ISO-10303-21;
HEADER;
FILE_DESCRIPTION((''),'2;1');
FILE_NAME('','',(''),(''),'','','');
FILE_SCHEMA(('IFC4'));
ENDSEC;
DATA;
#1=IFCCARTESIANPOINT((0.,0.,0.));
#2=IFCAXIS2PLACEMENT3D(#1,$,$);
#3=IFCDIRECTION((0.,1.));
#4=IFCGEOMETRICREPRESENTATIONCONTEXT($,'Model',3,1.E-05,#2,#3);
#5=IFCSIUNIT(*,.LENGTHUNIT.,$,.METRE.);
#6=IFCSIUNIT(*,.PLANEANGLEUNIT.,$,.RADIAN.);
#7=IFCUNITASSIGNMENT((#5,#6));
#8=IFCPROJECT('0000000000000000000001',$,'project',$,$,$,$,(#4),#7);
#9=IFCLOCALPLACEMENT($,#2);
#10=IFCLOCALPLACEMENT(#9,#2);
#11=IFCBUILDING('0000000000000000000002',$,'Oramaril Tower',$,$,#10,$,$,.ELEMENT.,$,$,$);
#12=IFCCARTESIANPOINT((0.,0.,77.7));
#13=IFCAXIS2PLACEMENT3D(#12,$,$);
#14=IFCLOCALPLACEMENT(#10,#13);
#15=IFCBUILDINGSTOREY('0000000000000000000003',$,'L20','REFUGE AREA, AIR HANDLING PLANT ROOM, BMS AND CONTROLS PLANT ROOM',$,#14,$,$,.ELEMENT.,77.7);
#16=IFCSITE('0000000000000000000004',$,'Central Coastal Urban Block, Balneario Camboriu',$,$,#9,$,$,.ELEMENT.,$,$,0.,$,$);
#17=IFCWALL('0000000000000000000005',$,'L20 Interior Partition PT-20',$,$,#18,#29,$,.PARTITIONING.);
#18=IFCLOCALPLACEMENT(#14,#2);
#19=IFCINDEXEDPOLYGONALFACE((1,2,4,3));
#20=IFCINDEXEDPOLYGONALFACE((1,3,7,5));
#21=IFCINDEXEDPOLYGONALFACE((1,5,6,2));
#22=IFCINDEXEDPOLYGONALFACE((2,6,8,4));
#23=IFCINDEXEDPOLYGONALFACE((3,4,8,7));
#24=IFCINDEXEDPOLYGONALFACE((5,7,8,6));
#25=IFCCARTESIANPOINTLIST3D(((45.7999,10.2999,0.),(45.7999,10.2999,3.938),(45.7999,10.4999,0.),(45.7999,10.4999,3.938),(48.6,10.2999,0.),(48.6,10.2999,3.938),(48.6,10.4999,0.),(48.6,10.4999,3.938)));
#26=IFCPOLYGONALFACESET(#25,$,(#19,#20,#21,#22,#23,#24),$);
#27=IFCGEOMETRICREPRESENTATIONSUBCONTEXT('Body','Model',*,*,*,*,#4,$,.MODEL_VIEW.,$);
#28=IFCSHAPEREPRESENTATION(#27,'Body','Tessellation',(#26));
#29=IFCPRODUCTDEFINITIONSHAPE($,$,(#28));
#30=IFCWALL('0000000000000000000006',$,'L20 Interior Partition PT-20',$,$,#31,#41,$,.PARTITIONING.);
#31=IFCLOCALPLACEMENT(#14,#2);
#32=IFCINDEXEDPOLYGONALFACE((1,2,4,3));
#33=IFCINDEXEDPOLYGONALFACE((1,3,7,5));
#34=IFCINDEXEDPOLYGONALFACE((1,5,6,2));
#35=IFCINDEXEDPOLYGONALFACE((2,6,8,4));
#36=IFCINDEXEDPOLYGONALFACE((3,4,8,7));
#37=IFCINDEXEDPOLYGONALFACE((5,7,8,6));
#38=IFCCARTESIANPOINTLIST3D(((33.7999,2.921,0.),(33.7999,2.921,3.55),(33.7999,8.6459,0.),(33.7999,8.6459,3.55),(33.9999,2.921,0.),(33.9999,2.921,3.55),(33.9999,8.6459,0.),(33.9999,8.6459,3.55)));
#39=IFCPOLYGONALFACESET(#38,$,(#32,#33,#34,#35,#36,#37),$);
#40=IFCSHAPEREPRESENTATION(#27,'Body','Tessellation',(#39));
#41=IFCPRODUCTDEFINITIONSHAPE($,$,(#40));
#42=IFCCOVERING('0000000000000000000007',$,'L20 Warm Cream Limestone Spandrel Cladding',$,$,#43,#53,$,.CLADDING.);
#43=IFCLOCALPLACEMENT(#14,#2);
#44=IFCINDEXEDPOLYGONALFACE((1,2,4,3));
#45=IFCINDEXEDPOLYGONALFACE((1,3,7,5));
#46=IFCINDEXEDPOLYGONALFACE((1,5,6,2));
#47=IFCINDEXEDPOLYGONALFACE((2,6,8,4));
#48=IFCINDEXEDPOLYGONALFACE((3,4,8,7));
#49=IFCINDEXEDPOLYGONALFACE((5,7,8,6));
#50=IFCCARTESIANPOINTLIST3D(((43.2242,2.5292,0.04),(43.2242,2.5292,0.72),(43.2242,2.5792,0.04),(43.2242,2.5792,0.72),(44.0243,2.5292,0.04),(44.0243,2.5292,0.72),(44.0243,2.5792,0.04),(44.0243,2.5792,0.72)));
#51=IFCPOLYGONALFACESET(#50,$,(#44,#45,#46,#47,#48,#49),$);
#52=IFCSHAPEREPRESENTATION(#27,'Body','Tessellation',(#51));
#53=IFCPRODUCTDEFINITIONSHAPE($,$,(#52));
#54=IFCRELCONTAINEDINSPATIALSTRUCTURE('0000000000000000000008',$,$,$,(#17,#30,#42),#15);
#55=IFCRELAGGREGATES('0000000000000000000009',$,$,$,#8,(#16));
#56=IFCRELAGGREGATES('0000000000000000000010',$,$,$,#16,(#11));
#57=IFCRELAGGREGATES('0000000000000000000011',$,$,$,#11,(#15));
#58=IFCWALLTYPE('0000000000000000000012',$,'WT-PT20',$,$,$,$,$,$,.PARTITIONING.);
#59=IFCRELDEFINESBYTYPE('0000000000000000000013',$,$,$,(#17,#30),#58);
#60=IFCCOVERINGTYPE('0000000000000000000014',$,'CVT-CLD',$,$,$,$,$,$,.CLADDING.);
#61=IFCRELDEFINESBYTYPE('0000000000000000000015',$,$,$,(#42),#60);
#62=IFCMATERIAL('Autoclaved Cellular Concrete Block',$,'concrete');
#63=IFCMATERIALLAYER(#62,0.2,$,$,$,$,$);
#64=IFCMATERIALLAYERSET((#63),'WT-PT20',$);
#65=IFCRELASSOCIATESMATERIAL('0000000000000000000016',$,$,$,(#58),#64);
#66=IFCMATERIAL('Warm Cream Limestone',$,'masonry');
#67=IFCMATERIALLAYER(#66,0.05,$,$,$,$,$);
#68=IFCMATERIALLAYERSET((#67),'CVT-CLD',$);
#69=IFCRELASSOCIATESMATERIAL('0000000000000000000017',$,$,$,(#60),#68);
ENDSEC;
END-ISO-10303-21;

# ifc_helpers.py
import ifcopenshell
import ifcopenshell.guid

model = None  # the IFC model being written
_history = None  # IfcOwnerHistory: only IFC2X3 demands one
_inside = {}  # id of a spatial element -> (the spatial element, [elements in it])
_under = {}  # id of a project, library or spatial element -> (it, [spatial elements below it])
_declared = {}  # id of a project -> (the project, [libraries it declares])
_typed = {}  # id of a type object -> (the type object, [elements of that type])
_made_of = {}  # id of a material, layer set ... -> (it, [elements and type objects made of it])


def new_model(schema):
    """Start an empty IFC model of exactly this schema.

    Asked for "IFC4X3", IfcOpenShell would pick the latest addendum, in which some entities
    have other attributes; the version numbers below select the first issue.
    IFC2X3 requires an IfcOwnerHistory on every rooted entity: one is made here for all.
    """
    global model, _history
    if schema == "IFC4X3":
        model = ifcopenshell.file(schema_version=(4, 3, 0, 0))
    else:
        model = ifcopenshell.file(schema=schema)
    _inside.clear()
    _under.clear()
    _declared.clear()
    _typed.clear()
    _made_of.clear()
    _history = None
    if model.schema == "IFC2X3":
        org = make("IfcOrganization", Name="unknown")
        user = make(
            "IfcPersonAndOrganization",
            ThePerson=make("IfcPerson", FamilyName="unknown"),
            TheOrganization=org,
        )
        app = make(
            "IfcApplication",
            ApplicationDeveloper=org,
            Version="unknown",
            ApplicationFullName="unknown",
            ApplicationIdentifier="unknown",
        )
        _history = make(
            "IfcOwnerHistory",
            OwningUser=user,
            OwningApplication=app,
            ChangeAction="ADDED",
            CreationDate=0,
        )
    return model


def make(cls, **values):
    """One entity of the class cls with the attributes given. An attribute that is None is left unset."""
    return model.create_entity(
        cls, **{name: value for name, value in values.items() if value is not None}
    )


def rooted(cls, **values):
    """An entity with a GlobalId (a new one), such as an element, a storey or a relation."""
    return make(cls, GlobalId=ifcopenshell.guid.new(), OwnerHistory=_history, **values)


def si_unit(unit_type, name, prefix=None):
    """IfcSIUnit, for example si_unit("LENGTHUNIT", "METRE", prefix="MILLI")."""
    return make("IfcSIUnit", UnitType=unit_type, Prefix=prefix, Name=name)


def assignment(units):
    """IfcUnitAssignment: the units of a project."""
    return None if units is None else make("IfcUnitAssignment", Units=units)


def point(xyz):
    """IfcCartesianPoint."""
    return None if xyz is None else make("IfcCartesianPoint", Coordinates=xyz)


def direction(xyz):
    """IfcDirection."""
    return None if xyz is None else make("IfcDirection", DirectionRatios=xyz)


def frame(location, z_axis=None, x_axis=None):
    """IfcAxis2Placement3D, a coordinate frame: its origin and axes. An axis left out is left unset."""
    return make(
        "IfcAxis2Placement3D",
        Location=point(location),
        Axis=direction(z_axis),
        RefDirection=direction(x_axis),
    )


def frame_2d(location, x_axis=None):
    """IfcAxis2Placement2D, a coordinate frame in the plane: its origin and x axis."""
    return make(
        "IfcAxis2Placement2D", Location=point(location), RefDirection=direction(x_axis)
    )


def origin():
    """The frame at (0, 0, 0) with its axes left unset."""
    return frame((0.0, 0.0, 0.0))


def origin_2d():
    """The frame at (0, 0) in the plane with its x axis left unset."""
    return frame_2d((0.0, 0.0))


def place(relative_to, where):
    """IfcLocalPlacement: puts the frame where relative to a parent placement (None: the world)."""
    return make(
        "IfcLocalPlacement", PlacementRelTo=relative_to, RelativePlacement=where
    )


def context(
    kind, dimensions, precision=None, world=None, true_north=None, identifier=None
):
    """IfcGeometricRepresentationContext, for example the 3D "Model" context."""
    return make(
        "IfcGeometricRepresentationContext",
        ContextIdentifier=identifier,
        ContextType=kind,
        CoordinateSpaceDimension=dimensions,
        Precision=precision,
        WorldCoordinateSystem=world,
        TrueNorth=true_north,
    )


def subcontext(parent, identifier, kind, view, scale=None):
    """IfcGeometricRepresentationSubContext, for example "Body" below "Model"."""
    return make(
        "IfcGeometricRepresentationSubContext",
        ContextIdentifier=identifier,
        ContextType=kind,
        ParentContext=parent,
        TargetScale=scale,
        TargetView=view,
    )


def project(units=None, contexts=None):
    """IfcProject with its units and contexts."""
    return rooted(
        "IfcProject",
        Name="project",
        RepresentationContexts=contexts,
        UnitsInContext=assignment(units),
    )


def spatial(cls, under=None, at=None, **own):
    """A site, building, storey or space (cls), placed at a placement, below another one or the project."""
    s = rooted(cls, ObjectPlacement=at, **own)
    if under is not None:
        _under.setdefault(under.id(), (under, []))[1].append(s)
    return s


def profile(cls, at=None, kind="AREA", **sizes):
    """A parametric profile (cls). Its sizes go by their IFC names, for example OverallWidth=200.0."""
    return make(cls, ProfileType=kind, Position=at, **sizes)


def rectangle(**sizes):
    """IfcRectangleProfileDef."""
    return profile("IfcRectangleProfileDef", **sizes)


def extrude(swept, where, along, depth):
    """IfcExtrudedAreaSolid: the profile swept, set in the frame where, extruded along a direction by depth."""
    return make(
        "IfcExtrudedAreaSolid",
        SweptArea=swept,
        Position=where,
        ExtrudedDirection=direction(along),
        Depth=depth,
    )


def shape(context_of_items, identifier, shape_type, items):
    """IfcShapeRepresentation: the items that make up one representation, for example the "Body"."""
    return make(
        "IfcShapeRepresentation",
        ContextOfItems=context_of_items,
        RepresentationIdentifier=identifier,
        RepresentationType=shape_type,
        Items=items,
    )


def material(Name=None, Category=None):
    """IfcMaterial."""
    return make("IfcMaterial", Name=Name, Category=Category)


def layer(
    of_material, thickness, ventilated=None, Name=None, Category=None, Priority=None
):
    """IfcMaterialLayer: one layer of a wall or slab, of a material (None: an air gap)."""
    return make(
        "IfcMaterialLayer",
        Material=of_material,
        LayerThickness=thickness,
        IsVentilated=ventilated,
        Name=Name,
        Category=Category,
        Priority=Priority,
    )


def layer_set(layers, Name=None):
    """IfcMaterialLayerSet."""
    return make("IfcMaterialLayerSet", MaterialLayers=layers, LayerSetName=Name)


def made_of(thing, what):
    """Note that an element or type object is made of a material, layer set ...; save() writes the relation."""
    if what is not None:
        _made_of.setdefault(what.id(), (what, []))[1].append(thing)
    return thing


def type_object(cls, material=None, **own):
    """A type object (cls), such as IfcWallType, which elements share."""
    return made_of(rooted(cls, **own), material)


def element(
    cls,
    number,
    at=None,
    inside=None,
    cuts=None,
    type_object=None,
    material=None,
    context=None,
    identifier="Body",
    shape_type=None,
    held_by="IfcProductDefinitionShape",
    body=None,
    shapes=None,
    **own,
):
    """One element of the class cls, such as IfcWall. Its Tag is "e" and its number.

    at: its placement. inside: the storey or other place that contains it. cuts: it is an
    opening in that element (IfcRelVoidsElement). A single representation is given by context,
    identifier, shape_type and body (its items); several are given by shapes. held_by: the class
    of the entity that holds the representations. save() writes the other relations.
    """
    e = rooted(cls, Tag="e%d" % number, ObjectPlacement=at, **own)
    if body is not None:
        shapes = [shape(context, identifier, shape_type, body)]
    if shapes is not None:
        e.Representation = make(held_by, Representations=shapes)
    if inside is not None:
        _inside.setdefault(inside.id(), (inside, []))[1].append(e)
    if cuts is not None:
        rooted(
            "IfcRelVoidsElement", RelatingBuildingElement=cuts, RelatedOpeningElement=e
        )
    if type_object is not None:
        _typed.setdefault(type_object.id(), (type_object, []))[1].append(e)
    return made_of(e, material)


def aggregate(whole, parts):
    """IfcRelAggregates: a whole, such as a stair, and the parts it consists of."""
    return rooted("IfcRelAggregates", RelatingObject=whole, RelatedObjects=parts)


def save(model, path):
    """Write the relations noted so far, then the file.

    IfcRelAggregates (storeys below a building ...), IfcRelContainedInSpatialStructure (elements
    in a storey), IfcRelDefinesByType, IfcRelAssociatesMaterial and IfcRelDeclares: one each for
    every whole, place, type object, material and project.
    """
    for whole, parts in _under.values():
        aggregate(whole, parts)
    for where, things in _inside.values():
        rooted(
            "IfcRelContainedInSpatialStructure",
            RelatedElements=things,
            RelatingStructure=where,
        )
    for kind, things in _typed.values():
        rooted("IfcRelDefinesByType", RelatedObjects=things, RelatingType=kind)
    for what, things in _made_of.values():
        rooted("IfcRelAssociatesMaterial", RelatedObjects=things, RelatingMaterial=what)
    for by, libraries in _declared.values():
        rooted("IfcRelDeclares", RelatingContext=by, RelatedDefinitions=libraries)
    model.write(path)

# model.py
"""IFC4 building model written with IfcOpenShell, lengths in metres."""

from ifc_helpers import new_model, si_unit, direction, frame, frame_2d, origin, origin_2d, place, context, subcontext, project, spatial, rectangle, extrude, material, layer, layer_set, type_object, element, save


model = new_model("IFC4")

# Units and contexts
model_context = context("Model", 3, precision=1e-05, world=origin(), true_north=direction((0.0, 1.0)))
body_context = subcontext(model_context, "Body", "Model", "MODEL_VIEW")
ifc_project = project(units=[si_unit("LENGTHUNIT", "METRE"), si_unit("PLANEANGLEUNIT", "RADIAN")], contexts=[model_context])

# Site, building, storey
site_placement = place(None, origin())
site = spatial("IfcSite", under=ifc_project, at=site_placement, Name="Central Coastal Urban Block, Balneario Camboriu", CompositionType="ELEMENT", RefElevation=0.0)
building_placement = place(site_placement, origin())
building = spatial("IfcBuilding", under=site, at=building_placement, Name="Oramaril Tower", CompositionType="ELEMENT")
storey_placement = place(building_placement, frame((0.0, 0.0, 77.7)))
storey = spatial("IfcBuildingStorey", under=building, at=storey_placement, Name="L20", Description="REFUGE AREA, AIR HANDLING PLANT ROOM, BMS AND CONTROLS PLANT ROOM", CompositionType="ELEMENT", Elevation=77.7)

# Walls
ifc_material_1 = material(Name="Autoclaved Cellular Concrete Block", Category="concrete")
ifc_layer_1 = layer(ifc_material_1, 0.2)
ifc_layer_set_1 = layer_set([ifc_layer_1], Name="WT-PT20")
wall_type = type_object("IfcWallType", Name="WT-PT20", PredefinedType="PARTITIONING", material=ifc_layer_set_1)
wall_1_placement = place(storey_placement, frame((45.8, 10.3999, 0.0), z_axis=(0.0, 0.0, 1.0), x_axis=(1.0, 0.0, 0.0)))
element("IfcWall", 1, at=wall_1_placement, inside=storey, type_object=wall_type, Name="L20 Interior Partition PT-20", PredefinedType="PARTITIONING", context=body_context, shape_type="SweptSolid", body=[
    extrude(rectangle(XDim=2.8, YDim=0.2, at=frame_2d((1.3999, 0.0))), origin(), (0.0, 0.0, 1.0), 3.938),
])
wall_2_placement = place(storey_placement, frame((33.8999, 2.9211, 0.0), z_axis=(0.0, 0.0, 1.0), x_axis=(0.0, 1.0, 0.0)))
element("IfcWall", 2, at=wall_2_placement, inside=storey, type_object=wall_type, Name="L20 Interior Partition PT-20", PredefinedType="PARTITIONING", context=body_context, shape_type="SweptSolid", body=[
    extrude(rectangle(XDim=5.7249, YDim=0.2, at=frame_2d((2.8623, 0.0))), origin(), (0.0, 0.0, 1.0), 3.55),
])

# Covering
ifc_material_2 = material(Name="Warm Cream Limestone", Category="masonry")
ifc_layer_2 = layer(ifc_material_2, 0.05)
ifc_layer_set_2 = layer_set([ifc_layer_2], Name="CVT-CLD")
covering_type = type_object("IfcCoveringType", Name="CVT-CLD", PredefinedType="CLADDING", material=ifc_layer_set_2)
covering_placement = place(storey_placement, frame((43.6243, 2.5542, 0.04), z_axis=(0.0, 0.0, 1.0), x_axis=(1.0, 0.0, 0.0)))
element("IfcCovering", 3, at=covering_placement, inside=storey, type_object=covering_type, Name="L20 Warm Cream Limestone Spandrel Cladding", PredefinedType="CLADDING", context=body_context, shape_type="SweptSolid", body=[
    extrude(rectangle(XDim=0.8, YDim=0.05, at=origin_2d()), origin(), (0.0, 0.0, 1.0), 0.6799),
])

save(model, "model.ifc")
